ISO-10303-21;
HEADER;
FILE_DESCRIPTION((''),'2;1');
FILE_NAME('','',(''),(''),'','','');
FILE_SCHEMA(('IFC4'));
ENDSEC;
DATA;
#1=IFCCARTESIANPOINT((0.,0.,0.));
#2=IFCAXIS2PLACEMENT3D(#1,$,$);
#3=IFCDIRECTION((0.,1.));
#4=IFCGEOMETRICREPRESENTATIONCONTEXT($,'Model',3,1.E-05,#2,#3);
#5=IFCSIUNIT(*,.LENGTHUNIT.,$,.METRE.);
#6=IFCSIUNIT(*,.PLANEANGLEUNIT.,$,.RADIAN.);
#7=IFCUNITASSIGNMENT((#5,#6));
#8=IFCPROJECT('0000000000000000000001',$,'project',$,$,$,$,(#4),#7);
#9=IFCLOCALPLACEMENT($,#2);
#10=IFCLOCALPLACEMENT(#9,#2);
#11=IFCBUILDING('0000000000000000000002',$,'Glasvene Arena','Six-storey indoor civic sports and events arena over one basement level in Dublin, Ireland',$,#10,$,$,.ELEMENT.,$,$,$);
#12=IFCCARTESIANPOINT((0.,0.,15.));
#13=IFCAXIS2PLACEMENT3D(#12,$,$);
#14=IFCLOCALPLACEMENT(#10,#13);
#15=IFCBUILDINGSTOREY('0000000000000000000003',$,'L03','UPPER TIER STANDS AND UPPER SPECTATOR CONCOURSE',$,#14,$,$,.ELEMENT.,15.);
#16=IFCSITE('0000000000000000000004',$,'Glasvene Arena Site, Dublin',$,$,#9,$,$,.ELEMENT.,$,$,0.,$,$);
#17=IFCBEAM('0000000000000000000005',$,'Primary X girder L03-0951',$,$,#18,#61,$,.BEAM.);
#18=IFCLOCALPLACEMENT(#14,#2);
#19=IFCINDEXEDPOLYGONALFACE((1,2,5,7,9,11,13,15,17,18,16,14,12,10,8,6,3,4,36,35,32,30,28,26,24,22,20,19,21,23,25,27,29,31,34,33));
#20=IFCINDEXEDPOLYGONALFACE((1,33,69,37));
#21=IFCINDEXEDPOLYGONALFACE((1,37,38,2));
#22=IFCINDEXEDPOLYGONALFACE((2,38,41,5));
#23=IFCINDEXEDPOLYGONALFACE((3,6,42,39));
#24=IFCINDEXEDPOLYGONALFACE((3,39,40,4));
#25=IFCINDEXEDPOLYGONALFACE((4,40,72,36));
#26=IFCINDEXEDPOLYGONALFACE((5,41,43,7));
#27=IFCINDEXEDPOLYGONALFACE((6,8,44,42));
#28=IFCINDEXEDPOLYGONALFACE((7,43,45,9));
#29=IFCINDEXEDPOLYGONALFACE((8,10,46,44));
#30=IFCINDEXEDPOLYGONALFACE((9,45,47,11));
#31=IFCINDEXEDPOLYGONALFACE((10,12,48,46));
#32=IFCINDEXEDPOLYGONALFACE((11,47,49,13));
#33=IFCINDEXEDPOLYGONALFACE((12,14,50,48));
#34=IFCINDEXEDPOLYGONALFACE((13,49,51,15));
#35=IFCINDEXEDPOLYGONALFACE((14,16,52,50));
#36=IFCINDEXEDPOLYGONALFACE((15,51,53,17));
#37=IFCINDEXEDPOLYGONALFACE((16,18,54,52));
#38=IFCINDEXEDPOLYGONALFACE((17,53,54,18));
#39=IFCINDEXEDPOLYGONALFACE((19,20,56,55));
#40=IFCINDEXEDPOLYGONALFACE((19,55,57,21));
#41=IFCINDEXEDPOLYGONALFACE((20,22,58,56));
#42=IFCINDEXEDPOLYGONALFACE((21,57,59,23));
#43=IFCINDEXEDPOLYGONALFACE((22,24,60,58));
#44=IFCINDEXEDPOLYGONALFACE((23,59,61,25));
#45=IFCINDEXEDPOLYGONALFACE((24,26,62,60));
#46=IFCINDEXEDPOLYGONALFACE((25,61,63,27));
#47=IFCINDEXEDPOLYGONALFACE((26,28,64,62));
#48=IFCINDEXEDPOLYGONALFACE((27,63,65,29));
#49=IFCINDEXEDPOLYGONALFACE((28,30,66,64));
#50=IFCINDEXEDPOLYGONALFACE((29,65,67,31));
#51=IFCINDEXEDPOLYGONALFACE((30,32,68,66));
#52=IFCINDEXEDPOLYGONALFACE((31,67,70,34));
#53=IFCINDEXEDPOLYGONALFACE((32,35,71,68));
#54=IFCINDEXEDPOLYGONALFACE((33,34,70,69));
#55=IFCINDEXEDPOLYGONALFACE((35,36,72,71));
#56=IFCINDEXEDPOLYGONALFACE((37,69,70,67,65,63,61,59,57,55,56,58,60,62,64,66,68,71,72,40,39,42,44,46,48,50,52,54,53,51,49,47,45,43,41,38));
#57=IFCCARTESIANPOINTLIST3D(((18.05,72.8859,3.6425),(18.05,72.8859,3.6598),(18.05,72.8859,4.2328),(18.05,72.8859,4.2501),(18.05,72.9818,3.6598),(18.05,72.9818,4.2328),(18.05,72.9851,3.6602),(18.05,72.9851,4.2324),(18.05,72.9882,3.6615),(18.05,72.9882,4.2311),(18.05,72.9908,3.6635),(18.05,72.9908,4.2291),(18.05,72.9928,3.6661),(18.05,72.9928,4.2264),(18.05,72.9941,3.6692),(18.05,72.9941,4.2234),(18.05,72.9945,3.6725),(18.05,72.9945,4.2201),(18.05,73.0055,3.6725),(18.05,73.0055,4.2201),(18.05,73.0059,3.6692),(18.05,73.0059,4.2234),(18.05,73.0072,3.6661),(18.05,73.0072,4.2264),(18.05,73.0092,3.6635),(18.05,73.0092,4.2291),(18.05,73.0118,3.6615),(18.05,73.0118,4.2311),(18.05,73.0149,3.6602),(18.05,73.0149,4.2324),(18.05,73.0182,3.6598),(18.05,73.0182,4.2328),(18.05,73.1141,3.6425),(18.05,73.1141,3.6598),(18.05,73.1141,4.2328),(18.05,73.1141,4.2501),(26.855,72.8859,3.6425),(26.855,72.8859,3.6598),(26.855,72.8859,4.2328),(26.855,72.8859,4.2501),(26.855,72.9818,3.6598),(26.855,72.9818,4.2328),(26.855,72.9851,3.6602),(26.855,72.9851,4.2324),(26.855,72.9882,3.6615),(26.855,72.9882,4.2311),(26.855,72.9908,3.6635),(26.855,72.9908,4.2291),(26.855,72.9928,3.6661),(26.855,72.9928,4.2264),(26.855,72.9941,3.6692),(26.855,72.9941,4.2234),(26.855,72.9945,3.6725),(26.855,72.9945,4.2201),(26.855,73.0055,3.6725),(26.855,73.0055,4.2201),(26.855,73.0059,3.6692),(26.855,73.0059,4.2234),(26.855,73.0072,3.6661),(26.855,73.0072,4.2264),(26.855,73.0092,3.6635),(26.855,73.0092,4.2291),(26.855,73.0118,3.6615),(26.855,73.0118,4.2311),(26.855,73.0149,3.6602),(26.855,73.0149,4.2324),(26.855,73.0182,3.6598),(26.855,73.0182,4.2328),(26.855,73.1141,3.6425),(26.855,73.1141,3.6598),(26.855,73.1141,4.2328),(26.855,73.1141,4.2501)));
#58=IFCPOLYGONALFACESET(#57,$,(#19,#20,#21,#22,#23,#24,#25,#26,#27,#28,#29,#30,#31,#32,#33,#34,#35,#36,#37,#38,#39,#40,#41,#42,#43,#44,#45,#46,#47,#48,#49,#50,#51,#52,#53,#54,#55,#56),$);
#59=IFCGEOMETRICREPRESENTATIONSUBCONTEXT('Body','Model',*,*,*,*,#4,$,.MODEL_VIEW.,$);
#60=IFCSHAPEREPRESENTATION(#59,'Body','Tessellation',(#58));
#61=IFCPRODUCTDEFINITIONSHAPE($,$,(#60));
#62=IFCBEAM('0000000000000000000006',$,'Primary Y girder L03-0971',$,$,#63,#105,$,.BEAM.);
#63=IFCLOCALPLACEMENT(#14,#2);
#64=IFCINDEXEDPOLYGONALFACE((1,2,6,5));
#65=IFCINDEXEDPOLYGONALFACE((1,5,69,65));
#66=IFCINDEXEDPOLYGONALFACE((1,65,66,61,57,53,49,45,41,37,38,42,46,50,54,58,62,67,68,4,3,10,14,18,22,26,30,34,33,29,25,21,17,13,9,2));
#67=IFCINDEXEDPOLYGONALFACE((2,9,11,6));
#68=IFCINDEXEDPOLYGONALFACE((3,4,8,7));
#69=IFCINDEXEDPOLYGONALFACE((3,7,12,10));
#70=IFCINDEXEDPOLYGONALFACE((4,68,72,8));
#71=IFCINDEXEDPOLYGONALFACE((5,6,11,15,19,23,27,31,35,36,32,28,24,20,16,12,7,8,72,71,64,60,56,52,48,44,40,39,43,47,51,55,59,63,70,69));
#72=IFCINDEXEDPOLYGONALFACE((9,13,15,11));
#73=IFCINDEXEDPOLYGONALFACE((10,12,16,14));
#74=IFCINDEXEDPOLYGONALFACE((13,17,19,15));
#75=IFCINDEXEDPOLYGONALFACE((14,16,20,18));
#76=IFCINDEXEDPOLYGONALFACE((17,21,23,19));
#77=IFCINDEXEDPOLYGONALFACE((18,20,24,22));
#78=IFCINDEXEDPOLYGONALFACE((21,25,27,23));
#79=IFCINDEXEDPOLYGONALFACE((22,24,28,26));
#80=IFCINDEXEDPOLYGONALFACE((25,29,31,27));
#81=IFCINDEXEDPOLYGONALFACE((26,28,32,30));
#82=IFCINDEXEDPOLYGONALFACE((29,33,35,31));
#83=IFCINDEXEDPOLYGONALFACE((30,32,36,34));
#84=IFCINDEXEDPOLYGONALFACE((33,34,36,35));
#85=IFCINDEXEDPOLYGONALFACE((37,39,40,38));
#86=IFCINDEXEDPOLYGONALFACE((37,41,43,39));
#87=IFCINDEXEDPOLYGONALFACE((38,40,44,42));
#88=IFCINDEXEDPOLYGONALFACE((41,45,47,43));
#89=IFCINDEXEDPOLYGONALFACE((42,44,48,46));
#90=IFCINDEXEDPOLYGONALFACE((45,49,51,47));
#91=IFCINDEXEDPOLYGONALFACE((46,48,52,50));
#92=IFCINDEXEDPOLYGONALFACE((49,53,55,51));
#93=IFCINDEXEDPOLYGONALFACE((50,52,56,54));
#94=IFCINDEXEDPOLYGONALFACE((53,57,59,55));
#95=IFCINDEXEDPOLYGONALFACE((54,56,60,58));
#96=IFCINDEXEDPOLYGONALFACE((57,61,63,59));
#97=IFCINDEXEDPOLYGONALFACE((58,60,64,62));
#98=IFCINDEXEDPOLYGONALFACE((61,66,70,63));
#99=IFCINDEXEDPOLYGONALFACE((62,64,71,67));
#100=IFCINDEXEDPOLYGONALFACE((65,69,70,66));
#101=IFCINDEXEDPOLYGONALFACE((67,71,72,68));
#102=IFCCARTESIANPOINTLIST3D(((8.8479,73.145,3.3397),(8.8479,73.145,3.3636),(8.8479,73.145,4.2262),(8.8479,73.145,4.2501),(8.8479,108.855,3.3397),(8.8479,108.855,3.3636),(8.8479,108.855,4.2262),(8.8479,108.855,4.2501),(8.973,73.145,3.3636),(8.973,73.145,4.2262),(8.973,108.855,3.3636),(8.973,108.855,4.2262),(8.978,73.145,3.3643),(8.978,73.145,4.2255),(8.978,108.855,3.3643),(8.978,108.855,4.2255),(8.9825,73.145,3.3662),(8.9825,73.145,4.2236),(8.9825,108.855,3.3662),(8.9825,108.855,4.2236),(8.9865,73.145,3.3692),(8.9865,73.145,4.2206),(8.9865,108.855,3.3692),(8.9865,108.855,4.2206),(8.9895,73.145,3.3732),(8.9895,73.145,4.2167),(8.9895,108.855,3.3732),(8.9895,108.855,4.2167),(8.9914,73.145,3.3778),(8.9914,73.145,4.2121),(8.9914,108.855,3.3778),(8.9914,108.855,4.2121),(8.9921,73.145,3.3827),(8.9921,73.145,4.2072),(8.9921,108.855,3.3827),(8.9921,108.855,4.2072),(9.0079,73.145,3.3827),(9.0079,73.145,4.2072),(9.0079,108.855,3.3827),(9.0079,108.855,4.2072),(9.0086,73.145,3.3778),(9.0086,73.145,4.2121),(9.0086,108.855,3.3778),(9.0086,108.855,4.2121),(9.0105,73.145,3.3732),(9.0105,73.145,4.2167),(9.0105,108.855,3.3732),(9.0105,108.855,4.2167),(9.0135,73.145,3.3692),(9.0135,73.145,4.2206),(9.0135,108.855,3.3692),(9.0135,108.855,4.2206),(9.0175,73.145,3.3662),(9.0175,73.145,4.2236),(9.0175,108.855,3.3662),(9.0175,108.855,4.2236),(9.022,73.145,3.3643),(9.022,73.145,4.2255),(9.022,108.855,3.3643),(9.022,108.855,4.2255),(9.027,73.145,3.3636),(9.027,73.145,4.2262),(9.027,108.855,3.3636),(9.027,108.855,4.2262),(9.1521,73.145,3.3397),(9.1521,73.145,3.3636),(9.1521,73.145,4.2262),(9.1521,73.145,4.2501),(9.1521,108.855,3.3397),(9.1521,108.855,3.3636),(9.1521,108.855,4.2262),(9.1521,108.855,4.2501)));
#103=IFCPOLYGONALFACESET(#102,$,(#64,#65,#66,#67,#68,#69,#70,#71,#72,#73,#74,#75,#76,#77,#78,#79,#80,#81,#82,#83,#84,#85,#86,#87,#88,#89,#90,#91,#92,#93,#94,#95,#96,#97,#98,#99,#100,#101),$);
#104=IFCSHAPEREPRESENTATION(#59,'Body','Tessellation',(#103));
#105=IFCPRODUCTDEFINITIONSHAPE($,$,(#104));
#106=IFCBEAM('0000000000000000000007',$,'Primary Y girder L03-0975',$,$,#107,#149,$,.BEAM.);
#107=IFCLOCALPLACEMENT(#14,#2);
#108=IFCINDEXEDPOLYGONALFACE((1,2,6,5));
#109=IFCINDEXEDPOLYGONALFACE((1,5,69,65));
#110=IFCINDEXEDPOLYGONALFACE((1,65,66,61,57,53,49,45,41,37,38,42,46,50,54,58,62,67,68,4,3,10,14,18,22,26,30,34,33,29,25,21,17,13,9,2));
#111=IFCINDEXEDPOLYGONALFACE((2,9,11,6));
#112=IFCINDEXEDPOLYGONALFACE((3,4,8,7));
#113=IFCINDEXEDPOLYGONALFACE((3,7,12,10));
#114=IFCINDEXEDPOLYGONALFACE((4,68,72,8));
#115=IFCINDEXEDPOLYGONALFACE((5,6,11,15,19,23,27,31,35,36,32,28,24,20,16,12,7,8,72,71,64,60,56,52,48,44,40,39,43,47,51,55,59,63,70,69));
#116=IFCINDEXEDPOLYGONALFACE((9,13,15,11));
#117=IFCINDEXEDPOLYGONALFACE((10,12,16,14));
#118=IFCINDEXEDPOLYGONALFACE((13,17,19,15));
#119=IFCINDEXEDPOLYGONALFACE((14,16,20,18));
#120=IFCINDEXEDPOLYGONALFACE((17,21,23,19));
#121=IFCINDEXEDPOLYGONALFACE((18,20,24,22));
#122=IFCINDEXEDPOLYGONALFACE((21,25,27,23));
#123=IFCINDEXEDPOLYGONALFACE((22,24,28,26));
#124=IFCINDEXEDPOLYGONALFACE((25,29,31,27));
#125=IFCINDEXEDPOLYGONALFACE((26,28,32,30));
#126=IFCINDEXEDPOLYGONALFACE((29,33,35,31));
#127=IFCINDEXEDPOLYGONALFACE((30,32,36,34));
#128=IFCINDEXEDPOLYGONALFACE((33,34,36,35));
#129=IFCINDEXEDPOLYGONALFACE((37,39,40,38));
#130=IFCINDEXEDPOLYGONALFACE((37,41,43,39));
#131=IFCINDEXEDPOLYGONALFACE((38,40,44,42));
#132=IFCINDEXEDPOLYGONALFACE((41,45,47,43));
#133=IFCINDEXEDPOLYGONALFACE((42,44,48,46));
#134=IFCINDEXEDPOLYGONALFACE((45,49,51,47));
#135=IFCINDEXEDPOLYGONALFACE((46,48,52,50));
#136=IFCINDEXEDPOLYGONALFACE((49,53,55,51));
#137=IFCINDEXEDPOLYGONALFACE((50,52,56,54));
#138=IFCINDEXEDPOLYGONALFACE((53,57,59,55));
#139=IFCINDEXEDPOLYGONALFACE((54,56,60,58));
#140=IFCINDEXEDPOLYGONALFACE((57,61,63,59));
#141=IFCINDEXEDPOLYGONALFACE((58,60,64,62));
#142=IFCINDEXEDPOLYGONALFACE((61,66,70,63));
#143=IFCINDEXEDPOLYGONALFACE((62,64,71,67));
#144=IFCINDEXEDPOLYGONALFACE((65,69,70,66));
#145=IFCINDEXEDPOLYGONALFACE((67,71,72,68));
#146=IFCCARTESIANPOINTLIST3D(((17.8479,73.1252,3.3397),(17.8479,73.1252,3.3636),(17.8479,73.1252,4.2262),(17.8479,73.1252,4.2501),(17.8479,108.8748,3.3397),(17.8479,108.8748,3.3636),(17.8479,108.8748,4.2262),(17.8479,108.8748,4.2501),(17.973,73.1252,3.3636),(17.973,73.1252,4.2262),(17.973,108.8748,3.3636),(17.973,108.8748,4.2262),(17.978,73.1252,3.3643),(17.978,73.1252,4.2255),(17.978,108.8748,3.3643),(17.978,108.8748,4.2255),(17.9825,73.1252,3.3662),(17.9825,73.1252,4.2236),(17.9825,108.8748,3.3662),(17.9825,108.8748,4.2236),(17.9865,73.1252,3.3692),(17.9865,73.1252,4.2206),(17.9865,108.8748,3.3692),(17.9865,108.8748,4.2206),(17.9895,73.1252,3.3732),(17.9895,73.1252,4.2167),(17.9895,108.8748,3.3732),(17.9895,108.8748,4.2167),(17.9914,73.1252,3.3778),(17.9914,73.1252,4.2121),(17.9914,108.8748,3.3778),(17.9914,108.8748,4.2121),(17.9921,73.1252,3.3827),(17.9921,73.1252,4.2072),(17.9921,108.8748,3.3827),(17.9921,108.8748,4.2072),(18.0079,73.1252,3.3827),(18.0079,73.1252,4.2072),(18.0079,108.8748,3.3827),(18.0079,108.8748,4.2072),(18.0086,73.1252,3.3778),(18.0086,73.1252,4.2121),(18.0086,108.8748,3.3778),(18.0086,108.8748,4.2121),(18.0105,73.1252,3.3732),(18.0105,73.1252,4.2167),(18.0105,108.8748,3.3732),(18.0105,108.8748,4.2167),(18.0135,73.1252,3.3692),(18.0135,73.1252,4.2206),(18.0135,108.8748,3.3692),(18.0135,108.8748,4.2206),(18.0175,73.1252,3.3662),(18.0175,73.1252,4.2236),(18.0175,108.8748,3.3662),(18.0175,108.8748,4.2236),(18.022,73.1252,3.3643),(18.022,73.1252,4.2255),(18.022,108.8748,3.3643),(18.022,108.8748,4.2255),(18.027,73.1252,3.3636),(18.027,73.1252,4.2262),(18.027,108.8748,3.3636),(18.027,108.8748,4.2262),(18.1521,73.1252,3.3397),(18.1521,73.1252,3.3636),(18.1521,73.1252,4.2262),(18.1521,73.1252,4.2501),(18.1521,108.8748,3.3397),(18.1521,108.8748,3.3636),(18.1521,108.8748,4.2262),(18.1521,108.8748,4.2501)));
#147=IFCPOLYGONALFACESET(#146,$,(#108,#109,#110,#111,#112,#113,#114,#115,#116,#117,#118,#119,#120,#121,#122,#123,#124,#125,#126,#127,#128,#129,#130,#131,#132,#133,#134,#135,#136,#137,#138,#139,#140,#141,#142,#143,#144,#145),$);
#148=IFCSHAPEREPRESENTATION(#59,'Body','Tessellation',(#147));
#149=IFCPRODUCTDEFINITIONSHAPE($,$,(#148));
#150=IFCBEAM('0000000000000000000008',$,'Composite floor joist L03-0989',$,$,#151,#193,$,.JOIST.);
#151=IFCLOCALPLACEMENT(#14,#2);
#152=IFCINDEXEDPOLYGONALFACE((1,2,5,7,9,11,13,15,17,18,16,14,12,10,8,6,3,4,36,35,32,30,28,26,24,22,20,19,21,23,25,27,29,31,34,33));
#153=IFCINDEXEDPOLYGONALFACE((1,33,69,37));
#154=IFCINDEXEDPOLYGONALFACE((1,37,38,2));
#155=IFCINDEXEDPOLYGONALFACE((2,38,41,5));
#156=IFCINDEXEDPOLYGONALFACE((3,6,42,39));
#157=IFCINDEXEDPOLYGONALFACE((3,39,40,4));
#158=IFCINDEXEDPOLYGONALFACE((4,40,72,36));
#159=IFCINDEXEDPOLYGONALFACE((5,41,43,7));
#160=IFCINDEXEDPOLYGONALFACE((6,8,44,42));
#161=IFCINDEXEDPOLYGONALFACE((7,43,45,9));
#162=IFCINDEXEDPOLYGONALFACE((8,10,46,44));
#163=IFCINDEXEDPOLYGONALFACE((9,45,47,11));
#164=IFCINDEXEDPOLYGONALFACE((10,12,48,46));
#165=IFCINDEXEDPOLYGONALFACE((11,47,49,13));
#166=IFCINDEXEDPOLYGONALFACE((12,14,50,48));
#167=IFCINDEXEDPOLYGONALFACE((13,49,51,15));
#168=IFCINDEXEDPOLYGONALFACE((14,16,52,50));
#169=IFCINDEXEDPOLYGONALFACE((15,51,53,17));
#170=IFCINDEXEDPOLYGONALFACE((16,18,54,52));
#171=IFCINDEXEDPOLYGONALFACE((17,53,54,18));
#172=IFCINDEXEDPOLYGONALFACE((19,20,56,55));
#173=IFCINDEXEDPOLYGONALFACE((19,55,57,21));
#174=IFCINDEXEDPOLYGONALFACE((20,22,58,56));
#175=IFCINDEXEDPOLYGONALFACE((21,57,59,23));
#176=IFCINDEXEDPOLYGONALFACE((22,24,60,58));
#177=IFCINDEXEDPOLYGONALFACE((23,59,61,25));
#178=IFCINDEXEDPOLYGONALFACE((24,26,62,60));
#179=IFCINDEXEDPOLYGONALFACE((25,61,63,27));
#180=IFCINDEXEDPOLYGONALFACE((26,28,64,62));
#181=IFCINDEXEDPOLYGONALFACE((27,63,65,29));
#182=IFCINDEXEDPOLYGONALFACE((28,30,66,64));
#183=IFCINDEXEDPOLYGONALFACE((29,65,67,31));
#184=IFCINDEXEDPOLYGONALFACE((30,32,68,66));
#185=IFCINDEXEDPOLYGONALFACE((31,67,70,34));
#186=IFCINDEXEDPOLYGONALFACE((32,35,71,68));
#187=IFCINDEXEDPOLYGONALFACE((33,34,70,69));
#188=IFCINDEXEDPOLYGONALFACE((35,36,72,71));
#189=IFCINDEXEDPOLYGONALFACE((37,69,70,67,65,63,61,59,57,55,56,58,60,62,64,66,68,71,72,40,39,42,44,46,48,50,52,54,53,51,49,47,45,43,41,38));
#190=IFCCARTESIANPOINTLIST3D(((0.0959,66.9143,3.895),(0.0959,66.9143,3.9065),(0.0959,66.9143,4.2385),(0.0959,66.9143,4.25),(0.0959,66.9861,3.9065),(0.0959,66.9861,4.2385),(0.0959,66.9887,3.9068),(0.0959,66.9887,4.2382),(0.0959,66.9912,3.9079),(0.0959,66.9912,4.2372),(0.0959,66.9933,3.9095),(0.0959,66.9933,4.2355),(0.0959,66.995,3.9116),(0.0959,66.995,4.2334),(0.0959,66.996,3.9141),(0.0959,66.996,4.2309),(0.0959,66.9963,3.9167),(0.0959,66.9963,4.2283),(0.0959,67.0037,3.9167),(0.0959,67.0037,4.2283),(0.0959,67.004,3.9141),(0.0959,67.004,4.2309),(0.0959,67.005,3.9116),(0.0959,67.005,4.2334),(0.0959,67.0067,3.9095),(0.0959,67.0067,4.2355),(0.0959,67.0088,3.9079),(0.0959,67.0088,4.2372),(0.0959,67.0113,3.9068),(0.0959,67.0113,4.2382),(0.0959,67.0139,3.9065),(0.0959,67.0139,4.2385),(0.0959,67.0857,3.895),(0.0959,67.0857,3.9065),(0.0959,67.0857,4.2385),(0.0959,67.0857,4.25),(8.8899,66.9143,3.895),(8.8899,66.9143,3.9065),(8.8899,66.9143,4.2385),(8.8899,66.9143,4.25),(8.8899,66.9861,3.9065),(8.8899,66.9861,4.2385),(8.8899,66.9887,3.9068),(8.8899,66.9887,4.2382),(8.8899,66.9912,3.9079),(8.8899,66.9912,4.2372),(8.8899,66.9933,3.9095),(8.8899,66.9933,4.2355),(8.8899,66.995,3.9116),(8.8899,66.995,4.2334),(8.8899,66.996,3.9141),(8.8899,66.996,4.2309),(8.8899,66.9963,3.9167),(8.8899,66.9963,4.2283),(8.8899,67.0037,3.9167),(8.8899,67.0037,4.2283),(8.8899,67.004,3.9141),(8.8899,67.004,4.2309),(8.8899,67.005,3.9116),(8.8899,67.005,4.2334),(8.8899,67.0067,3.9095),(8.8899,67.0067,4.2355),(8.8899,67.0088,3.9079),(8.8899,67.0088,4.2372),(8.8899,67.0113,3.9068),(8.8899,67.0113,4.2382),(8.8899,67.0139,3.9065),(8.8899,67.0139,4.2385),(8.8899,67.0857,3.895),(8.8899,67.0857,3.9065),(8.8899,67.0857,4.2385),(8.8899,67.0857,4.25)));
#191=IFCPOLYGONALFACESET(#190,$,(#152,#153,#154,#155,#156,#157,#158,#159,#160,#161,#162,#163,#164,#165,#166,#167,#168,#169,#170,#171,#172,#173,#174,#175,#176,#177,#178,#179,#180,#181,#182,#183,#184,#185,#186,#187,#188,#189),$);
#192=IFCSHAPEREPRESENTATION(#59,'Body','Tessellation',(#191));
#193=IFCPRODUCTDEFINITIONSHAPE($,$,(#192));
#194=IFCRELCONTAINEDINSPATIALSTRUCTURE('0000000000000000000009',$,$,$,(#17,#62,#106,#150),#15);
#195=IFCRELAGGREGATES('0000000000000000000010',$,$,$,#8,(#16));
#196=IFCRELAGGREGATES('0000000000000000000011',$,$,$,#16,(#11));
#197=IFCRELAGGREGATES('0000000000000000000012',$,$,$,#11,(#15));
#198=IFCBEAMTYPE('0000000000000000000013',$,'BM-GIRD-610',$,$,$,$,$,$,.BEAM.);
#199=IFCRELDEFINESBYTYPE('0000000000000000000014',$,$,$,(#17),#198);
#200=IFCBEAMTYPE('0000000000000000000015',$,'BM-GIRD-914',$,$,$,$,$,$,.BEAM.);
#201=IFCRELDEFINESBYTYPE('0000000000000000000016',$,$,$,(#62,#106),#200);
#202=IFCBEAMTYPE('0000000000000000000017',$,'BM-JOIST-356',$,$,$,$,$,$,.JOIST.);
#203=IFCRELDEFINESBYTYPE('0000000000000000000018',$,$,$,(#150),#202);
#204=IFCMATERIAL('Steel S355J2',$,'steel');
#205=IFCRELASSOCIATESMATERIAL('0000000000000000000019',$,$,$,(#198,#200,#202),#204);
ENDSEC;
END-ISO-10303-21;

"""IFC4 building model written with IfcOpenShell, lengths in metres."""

from ifc_helpers import new_model, si_unit, direction, frame, origin, origin_2d, place, context, subcontext, project, spatial, i_section, extrude, material, material_profile, profile_set, type_object, element, save


model = new_model("IFC4")

# Units and contexts
model_context = context("Model", 3, precision=1e-05, world=origin(), true_north=direction((0.0, 1.0)))
body_context = subcontext(model_context, "Body", "Model", "MODEL_VIEW")
ifc_project = project(units=[si_unit("LENGTHUNIT", "METRE"), si_unit("PLANEANGLEUNIT", "RADIAN")], contexts=[model_context])

# Site, building, storey
site_placement = place(None, origin())
site = spatial("IfcSite", under=ifc_project, at=site_placement, Name="Glasvene Arena Site, Dublin", CompositionType="ELEMENT", RefElevation=0.0)
building_placement = place(site_placement, origin())
building = spatial("IfcBuilding", under=site, at=building_placement, Name="Glasvene Arena", Description="Six-storey indoor civic sports and events arena over one basement level in Dublin, Ireland", CompositionType="ELEMENT")
storey_placement = place(building_placement, frame((0.0, 0.0, 15.0)))
storey = spatial("IfcBuildingStorey", under=building, at=storey_placement, Name="L03", Description="UPPER TIER STANDS AND UPPER SPECTATOR CONCOURSE", CompositionType="ELEMENT", Elevation=15.0)

# Shared definitions
ifc_material_1 = material(Name="Steel S355J2", Category="steel")

# Beams
ifc_material_profile_1 = material_profile(ifc_material_1, i_section(OverallWidth=0.2283, OverallDepth=0.6077, WebThickness=0.011, FlangeThickness=0.0173, FilletRadius=0.0127, at=origin_2d()), Name="UKB 610x229x113")
ifc_profile_set_1 = profile_set([ifc_material_profile_1], Name="Steel S355J2")
beam_type_1 = type_object("IfcBeamType", Name="BM-GIRD-610", PredefinedType="BEAM", material=ifc_profile_set_1)
for number, where, z_axis, x_axis, name in (
    (1, (18.05, 73.0, 3.9463), (1.0, 0.0, 0.0), (0.0, 1.0, 0.0), "Primary X girder L03-0951"),
):
    element("IfcBeam", number, at=place(storey_placement, frame(where, z_axis=z_axis, x_axis=x_axis)), inside=storey, type_object=beam_type_1, Name=name, PredefinedType="BEAM", context=body_context, shape_type="SweptSolid", body=[
        extrude(i_section(OverallWidth=0.2283, OverallDepth=0.6077, WebThickness=0.011, FlangeThickness=0.0173, FilletRadius=0.0127, at=origin_2d()), origin(), (0.0, 0.0, 1.0), 8.8049),
    ])
ifc_material_profile_2 = material_profile(ifc_material_1, i_section(OverallWidth=0.3042, OverallDepth=0.9104, WebThickness=0.0159, FlangeThickness=0.0239, FilletRadius=0.019, at=origin_2d()), Name="UKB 914x305x224")
ifc_profile_set_2 = profile_set([ifc_material_profile_2], Name="Steel S355J2")
beam_type_2 = type_object("IfcBeamType", Name="BM-GIRD-914", PredefinedType="BEAM", material=ifc_profile_set_2)
beam_1_placement = place(storey_placement, frame((9.0, 73.145, 3.7949), z_axis=(0.0, 1.0, 0.0), x_axis=(-1.0, 0.0, 0.0)))
element("IfcBeam", 2, at=beam_1_placement, inside=storey, type_object=beam_type_2, Name="Primary Y girder L03-0971", PredefinedType="BEAM", context=body_context, shape_type="SweptSolid", body=[
    extrude(i_section(OverallWidth=0.3042, OverallDepth=0.9104, WebThickness=0.0159, FlangeThickness=0.0239, FilletRadius=0.019, at=origin_2d()), origin(), (0.0, 0.0, 1.0), 35.71),
])
beam_2_placement = place(storey_placement, frame((18.0, 73.1252, 3.7949), z_axis=(0.0, 1.0, 0.0), x_axis=(-1.0, 0.0, 0.0)))
element("IfcBeam", 3, at=beam_2_placement, inside=storey, type_object=beam_type_2, Name="Primary Y girder L03-0975", PredefinedType="BEAM", context=body_context, shape_type="SweptSolid", body=[
    extrude(i_section(OverallWidth=0.3042, OverallDepth=0.9104, WebThickness=0.0159, FlangeThickness=0.0239, FilletRadius=0.019, at=origin_2d()), origin(), (0.0, 0.0, 1.0), 35.7495),
])
ifc_material_profile_3 = material_profile(ifc_material_1, i_section(OverallWidth=0.1714, OverallDepth=0.355, WebThickness=0.0073, FlangeThickness=0.0115, FilletRadius=0.0103, at=origin_2d()), Name="UKB 356x171x51")
ifc_profile_set_3 = profile_set([ifc_material_profile_3], Name="Steel S355J2")
beam_type_3 = type_object("IfcBeamType", Name="BM-JOIST-356", PredefinedType="JOIST", material=ifc_profile_set_3)
for number, where, z_axis, x_axis, name in (
    (4, (0.0959, 67.0, 4.0725), (1.0, 0.0, 0.0), (0.0, 1.0, 0.0), "Composite floor joist L03-0989"),
):
    element("IfcBeam", number, at=place(storey_placement, frame(where, z_axis=z_axis, x_axis=x_axis)), inside=storey, type_object=beam_type_3, Name=name, PredefinedType="JOIST", context=body_context, shape_type="SweptSolid", body=[
        extrude(i_section(OverallWidth=0.1714, OverallDepth=0.355, WebThickness=0.0073, FlangeThickness=0.0115, FilletRadius=0.0103, at=origin_2d()), origin(), (0.0, 0.0, 1.0), 8.7939),
    ])

save(model, "model.ifc")
